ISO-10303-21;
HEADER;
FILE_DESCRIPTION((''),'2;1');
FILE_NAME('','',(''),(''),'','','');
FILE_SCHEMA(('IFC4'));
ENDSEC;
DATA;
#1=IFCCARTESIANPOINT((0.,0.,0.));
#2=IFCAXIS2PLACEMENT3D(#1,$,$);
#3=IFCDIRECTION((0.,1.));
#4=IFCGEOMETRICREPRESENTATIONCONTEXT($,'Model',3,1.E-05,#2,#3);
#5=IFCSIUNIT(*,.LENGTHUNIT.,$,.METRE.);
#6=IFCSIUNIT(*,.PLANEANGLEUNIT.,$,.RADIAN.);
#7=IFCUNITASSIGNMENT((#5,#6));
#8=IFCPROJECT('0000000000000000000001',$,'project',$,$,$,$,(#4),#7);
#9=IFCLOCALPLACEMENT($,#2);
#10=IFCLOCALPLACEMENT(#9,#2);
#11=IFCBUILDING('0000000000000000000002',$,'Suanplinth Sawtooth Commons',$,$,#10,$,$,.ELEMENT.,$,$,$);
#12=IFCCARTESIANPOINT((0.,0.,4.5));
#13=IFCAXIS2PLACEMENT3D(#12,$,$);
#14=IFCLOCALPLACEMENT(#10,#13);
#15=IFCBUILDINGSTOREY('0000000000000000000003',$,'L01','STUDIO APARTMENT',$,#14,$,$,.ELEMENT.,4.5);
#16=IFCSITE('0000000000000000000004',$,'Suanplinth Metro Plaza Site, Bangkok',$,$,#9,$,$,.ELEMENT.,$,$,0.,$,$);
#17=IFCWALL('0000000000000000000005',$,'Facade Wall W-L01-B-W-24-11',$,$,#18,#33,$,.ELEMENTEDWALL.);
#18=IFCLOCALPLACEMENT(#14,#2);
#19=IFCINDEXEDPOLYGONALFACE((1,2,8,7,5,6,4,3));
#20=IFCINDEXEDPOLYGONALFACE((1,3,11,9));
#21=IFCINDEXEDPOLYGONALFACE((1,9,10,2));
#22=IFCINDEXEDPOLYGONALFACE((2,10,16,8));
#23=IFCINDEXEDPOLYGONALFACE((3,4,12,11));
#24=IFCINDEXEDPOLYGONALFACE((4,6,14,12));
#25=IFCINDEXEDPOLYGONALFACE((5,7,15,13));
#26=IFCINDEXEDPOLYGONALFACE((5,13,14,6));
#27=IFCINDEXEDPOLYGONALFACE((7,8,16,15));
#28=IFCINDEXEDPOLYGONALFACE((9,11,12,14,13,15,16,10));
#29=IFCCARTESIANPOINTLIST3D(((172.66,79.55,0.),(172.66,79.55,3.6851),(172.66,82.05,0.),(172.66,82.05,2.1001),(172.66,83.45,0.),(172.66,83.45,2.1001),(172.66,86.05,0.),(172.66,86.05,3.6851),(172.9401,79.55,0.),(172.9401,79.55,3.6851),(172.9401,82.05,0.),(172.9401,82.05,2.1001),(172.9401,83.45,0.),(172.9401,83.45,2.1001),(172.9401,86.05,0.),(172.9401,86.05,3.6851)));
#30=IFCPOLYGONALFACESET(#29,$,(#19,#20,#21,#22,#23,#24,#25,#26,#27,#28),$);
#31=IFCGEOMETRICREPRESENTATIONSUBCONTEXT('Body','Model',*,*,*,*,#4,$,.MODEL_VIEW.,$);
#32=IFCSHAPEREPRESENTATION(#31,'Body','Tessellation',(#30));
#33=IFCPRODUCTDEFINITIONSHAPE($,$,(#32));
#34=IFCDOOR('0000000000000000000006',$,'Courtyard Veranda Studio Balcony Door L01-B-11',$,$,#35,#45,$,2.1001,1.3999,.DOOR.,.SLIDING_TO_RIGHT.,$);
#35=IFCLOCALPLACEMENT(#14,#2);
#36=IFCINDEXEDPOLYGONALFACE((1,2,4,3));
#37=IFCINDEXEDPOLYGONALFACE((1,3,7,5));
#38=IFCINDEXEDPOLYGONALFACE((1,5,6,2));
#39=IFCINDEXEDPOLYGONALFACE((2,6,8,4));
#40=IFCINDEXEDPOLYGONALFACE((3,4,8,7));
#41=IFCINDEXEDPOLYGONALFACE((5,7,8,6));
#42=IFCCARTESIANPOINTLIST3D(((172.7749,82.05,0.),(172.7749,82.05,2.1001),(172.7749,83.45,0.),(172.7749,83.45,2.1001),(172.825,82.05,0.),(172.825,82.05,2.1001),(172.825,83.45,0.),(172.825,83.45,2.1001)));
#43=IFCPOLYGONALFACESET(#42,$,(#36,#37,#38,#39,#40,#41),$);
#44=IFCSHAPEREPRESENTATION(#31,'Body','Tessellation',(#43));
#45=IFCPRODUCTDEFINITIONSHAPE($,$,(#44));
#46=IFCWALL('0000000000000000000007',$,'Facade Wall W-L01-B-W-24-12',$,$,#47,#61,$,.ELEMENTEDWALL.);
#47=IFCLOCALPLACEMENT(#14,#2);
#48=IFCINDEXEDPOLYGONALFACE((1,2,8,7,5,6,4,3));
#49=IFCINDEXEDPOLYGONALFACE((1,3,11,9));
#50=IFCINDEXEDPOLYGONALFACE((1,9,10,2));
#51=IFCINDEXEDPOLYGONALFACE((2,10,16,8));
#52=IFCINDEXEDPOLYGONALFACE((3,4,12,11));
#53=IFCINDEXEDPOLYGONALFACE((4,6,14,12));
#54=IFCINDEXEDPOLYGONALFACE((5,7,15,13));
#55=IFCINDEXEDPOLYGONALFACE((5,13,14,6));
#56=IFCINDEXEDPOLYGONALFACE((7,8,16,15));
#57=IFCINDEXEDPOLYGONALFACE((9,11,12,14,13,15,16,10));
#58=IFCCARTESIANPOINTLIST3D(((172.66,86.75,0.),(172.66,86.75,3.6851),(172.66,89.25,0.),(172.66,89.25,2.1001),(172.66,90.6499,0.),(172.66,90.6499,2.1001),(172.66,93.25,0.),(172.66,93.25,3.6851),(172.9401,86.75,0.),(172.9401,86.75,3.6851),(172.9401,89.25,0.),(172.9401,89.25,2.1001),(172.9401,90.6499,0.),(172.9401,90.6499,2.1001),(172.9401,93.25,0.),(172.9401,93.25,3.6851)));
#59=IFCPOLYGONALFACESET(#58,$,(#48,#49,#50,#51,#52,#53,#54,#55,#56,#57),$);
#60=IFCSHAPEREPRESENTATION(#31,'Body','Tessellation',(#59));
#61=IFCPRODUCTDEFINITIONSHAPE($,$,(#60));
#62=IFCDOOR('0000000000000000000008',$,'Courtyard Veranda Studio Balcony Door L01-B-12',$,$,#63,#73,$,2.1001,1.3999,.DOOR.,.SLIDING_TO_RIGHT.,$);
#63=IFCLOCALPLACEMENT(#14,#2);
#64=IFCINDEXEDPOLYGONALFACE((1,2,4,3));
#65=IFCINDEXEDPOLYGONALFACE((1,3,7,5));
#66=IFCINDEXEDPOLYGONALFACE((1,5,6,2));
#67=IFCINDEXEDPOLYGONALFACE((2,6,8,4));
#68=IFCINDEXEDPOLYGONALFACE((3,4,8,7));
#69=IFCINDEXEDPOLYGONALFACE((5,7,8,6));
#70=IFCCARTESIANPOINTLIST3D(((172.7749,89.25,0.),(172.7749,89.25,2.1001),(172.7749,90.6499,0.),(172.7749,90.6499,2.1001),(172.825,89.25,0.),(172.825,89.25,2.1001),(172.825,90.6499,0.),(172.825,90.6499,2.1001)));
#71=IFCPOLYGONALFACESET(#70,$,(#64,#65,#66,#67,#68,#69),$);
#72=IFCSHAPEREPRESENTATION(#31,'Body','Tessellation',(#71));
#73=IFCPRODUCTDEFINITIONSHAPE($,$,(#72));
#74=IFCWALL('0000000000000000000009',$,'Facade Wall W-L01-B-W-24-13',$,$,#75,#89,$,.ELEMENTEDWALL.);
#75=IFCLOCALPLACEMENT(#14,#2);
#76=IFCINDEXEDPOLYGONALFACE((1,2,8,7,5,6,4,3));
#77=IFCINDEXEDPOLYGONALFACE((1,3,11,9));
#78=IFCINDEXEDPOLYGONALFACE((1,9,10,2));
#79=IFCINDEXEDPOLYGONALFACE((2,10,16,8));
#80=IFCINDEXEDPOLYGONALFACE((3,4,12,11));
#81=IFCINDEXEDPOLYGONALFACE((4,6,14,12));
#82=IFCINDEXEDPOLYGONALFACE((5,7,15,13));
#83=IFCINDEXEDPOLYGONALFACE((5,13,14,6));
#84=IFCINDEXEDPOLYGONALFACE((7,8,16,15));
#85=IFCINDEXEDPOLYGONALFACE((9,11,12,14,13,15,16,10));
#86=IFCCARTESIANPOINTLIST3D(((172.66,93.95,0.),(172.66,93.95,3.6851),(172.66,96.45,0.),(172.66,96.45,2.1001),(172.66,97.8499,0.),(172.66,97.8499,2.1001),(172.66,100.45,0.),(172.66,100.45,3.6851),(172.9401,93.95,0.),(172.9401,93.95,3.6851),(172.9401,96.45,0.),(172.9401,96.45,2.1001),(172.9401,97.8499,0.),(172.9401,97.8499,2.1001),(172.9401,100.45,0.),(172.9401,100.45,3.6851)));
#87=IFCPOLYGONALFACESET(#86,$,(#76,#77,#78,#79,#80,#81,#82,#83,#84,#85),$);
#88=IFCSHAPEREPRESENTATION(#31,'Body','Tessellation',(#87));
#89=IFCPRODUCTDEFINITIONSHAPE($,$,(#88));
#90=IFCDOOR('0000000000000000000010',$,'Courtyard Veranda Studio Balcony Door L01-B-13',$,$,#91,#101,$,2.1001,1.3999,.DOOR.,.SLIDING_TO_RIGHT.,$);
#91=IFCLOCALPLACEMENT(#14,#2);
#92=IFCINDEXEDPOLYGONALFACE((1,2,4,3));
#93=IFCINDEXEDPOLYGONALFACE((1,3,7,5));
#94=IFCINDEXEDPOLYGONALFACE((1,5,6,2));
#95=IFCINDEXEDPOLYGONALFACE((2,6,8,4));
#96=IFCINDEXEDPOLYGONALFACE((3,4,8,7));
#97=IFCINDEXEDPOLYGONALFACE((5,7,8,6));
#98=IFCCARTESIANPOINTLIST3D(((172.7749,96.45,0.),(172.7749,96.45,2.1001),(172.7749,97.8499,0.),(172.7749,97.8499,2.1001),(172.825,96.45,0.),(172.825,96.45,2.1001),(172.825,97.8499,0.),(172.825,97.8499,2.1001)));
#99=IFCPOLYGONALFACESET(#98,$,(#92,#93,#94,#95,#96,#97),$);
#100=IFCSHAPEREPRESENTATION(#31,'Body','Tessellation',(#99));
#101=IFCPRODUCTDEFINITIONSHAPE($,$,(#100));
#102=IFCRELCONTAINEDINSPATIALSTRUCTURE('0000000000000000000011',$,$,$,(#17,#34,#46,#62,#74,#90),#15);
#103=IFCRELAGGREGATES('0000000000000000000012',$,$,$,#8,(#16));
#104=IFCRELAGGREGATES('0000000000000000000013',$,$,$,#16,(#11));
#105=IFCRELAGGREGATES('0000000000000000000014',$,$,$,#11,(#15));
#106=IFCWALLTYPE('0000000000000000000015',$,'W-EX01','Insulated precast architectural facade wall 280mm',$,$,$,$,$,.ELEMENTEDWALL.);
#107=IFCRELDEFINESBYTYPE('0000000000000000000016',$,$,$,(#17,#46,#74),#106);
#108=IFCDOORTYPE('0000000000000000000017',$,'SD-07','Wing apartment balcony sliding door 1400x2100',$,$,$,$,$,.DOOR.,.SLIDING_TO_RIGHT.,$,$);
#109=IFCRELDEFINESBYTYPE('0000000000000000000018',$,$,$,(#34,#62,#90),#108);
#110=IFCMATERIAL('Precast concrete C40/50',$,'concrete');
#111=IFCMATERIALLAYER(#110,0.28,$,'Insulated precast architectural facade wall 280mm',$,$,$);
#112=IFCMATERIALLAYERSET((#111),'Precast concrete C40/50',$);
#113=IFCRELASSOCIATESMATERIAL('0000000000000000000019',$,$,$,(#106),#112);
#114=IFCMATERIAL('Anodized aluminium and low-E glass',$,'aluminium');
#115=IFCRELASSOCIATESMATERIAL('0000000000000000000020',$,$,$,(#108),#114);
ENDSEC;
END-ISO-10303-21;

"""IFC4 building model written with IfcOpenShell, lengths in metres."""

from ifc_helpers import new_model, si_unit, direction, frame, frame_2d, origin, place, context, subcontext, project, spatial, rectangle, extrude, material, layer, layer_set, type_object, element, fill, save


model = new_model("IFC4")

# Units and contexts
model_context = context("Model", 3, precision=1e-05, world=origin(), true_north=direction((0.0, 1.0)))
body_context = subcontext(model_context, "Body", "Model", "MODEL_VIEW")
ifc_project = project(units=[si_unit("LENGTHUNIT", "METRE"), si_unit("PLANEANGLEUNIT", "RADIAN")], contexts=[model_context])

# Site, building, storey
site_placement = place(None, origin())
site = spatial("IfcSite", under=ifc_project, at=site_placement, Name="Suanplinth Metro Plaza Site, Bangkok", CompositionType="ELEMENT", RefElevation=0.0)
building_placement = place(site_placement, origin())
building = spatial("IfcBuilding", under=site, at=building_placement, Name="Suanplinth Sawtooth Commons", CompositionType="ELEMENT")
storey_placement = place(building_placement, frame((0.0, 0.0, 4.5)))
storey = spatial("IfcBuildingStorey", under=building, at=storey_placement, Name="L01", Description="STUDIO APARTMENT", CompositionType="ELEMENT", Elevation=4.5)

# Shared definitions
ifc_material_1 = material(Name="Precast concrete C40/50", Category="concrete")

# Walls, openings, doors
ifc_layer_1 = layer(ifc_material_1, 0.28, Name="Insulated precast architectural facade wall 280mm")
ifc_layer_set_1 = layer_set([ifc_layer_1], Name="Precast concrete C40/50")
wall_type = type_object("IfcWallType", Name="W-EX01", Description="Insulated precast architectural facade wall 280mm", PredefinedType="ELEMENTEDWALL", material=ifc_layer_set_1)
wall_1_placement = place(storey_placement, frame((172.8, 79.55, 0.0), z_axis=(0.0, 0.0, 1.0), x_axis=(0.0, 1.0, 0.0)))
wall_1 = element("IfcWall", 1, at=wall_1_placement, inside=storey, type_object=wall_type, Name="Facade Wall W-L01-B-W-24-11", PredefinedType="ELEMENTEDWALL", context=body_context, shape_type="SweptSolid", body=[
    extrude(rectangle(XDim=6.5, YDim=0.28, at=frame_2d((3.25, 0.0))), origin(), (0.0, 0.0, 1.0), 3.6851),
])
opening_1_placement = place(wall_1_placement, frame((2.5, 0.0, 0.0)))
opening_1 = element("IfcOpeningElement", 2, at=opening_1_placement, cuts=wall_1, PredefinedType="OPENING", context=body_context, shape_type="SweptSolid", body=[
    extrude(rectangle(XDim=1.3999, YDim=2.1001, at=frame_2d((0.7, 1.05))), frame((0.0, 0.1548, 0.0), z_axis=(0.0, -1.0, 0.0), x_axis=(1.0, 0.0, 0.0)), (0.0, 0.0, 1.0), 0.3098),
])
ifc_material_2 = material(Name="Anodized aluminium and low-E glass", Category="aluminium")
door_type = type_object("IfcDoorType", Name="SD-07", Description="Wing apartment balcony sliding door 1400x2100", OperationType="SLIDING_TO_RIGHT", PredefinedType="DOOR", material=ifc_material_2)
door_1_placement = place(opening_1_placement, frame((1.3999, 0.0, 0.0), z_axis=(0.0, 0.0, 1.0), x_axis=(-1.0, 0.0, 0.0)))
door_1 = element("IfcDoor", 3, at=door_1_placement, inside=storey, type_object=door_type, Name="Courtyard Veranda Studio Balcony Door L01-B-11", OperationType="SLIDING_TO_RIGHT", OverallHeight=2.1001, OverallWidth=1.3999, PredefinedType="DOOR", context=body_context, shape_type="SweptSolid", body=[
    extrude(rectangle(XDim=1.3999, YDim=2.1001, at=frame_2d((0.7, 1.05))), frame((0.0, 0.0249, 0.0), z_axis=(0.0, -1.0, 0.0), x_axis=(1.0, 0.0, 0.0)), (0.0, 0.0, 1.0), 0.05),
])
fill(opening_1, door_1)
wall_2_placement = place(storey_placement, frame((172.8, 86.75, 0.0), z_axis=(0.0, 0.0, 1.0), x_axis=(0.0, 1.0, 0.0)))
wall_2 = element("IfcWall", 4, at=wall_2_placement, inside=storey, type_object=wall_type, Name="Facade Wall W-L01-B-W-24-12", PredefinedType="ELEMENTEDWALL", context=body_context, shape_type="SweptSolid", body=[
    extrude(rectangle(XDim=6.5, YDim=0.28, at=frame_2d((3.25, 0.0))), origin(), (0.0, 0.0, 1.0), 3.6851),
])
opening_2_placement = place(wall_2_placement, frame((2.5, 0.0, 0.0)))
opening_2 = element("IfcOpeningElement", 5, at=opening_2_placement, cuts=wall_2, PredefinedType="OPENING", context=body_context, shape_type="SweptSolid", body=[
    extrude(rectangle(XDim=1.3999, YDim=2.1001, at=frame_2d((0.7, 1.05))), frame((0.0, 0.1548, 0.0), z_axis=(0.0, -1.0, 0.0), x_axis=(1.0, 0.0, 0.0)), (0.0, 0.0, 1.0), 0.3098),
])
door_2_placement = place(opening_2_placement, frame((1.3999, 0.0, 0.0), z_axis=(0.0, 0.0, 1.0), x_axis=(-1.0, 0.0, 0.0)))
door_2 = element("IfcDoor", 6, at=door_2_placement, inside=storey, type_object=door_type, Name="Courtyard Veranda Studio Balcony Door L01-B-12", OperationType="SLIDING_TO_RIGHT", OverallHeight=2.1001, OverallWidth=1.3999, PredefinedType="DOOR", context=body_context, shape_type="SweptSolid", body=[
    extrude(rectangle(XDim=1.3999, YDim=2.1001, at=frame_2d((0.7, 1.05))), frame((0.0, 0.0249, 0.0), z_axis=(0.0, -1.0, 0.0), x_axis=(1.0, 0.0, 0.0)), (0.0, 0.0, 1.0), 0.05),
])
fill(opening_2, door_2)
wall_3_placement = place(storey_placement, frame((172.8, 93.95, 0.0), z_axis=(0.0, 0.0, 1.0), x_axis=(0.0, 1.0, 0.0)))
wall_3 = element("IfcWall", 7, at=wall_3_placement, inside=storey, type_object=wall_type, Name="Facade Wall W-L01-B-W-24-13", PredefinedType="ELEMENTEDWALL", context=body_context, shape_type="SweptSolid", body=[
    extrude(rectangle(XDim=6.5, YDim=0.28, at=frame_2d((3.25, 0.0))), origin(), (0.0, 0.0, 1.0), 3.6851),
])
opening_3_placement = place(wall_3_placement, frame((2.5, 0.0, 0.0)))
opening_3 = element("IfcOpeningElement", 8, at=opening_3_placement, cuts=wall_3, PredefinedType="OPENING", context=body_context, shape_type="SweptSolid", body=[
    extrude(rectangle(XDim=1.3999, YDim=2.1001, at=frame_2d((0.7, 1.05))), frame((0.0, 0.1548, 0.0), z_axis=(0.0, -1.0, 0.0), x_axis=(1.0, 0.0, 0.0)), (0.0, 0.0, 1.0), 0.3098),
])
door_3_placement = place(opening_3_placement, frame((1.3999, 0.0, 0.0), z_axis=(0.0, 0.0, 1.0), x_axis=(-1.0, 0.0, 0.0)))
door_3 = element("IfcDoor", 9, at=door_3_placement, inside=storey, type_object=door_type, Name="Courtyard Veranda Studio Balcony Door L01-B-13", OperationType="SLIDING_TO_RIGHT", OverallHeight=2.1001, OverallWidth=1.3999, PredefinedType="DOOR", context=body_context, shape_type="SweptSolid", body=[
    extrude(rectangle(XDim=1.3999, YDim=2.1001, at=frame_2d((0.7, 1.05))), frame((0.0, 0.0249, 0.0), z_axis=(0.0, -1.0, 0.0), x_axis=(1.0, 0.0, 0.0)), (0.0, 0.0, 1.0), 0.05),
])
fill(opening_3, door_3)

save(model, "model.ifc")
